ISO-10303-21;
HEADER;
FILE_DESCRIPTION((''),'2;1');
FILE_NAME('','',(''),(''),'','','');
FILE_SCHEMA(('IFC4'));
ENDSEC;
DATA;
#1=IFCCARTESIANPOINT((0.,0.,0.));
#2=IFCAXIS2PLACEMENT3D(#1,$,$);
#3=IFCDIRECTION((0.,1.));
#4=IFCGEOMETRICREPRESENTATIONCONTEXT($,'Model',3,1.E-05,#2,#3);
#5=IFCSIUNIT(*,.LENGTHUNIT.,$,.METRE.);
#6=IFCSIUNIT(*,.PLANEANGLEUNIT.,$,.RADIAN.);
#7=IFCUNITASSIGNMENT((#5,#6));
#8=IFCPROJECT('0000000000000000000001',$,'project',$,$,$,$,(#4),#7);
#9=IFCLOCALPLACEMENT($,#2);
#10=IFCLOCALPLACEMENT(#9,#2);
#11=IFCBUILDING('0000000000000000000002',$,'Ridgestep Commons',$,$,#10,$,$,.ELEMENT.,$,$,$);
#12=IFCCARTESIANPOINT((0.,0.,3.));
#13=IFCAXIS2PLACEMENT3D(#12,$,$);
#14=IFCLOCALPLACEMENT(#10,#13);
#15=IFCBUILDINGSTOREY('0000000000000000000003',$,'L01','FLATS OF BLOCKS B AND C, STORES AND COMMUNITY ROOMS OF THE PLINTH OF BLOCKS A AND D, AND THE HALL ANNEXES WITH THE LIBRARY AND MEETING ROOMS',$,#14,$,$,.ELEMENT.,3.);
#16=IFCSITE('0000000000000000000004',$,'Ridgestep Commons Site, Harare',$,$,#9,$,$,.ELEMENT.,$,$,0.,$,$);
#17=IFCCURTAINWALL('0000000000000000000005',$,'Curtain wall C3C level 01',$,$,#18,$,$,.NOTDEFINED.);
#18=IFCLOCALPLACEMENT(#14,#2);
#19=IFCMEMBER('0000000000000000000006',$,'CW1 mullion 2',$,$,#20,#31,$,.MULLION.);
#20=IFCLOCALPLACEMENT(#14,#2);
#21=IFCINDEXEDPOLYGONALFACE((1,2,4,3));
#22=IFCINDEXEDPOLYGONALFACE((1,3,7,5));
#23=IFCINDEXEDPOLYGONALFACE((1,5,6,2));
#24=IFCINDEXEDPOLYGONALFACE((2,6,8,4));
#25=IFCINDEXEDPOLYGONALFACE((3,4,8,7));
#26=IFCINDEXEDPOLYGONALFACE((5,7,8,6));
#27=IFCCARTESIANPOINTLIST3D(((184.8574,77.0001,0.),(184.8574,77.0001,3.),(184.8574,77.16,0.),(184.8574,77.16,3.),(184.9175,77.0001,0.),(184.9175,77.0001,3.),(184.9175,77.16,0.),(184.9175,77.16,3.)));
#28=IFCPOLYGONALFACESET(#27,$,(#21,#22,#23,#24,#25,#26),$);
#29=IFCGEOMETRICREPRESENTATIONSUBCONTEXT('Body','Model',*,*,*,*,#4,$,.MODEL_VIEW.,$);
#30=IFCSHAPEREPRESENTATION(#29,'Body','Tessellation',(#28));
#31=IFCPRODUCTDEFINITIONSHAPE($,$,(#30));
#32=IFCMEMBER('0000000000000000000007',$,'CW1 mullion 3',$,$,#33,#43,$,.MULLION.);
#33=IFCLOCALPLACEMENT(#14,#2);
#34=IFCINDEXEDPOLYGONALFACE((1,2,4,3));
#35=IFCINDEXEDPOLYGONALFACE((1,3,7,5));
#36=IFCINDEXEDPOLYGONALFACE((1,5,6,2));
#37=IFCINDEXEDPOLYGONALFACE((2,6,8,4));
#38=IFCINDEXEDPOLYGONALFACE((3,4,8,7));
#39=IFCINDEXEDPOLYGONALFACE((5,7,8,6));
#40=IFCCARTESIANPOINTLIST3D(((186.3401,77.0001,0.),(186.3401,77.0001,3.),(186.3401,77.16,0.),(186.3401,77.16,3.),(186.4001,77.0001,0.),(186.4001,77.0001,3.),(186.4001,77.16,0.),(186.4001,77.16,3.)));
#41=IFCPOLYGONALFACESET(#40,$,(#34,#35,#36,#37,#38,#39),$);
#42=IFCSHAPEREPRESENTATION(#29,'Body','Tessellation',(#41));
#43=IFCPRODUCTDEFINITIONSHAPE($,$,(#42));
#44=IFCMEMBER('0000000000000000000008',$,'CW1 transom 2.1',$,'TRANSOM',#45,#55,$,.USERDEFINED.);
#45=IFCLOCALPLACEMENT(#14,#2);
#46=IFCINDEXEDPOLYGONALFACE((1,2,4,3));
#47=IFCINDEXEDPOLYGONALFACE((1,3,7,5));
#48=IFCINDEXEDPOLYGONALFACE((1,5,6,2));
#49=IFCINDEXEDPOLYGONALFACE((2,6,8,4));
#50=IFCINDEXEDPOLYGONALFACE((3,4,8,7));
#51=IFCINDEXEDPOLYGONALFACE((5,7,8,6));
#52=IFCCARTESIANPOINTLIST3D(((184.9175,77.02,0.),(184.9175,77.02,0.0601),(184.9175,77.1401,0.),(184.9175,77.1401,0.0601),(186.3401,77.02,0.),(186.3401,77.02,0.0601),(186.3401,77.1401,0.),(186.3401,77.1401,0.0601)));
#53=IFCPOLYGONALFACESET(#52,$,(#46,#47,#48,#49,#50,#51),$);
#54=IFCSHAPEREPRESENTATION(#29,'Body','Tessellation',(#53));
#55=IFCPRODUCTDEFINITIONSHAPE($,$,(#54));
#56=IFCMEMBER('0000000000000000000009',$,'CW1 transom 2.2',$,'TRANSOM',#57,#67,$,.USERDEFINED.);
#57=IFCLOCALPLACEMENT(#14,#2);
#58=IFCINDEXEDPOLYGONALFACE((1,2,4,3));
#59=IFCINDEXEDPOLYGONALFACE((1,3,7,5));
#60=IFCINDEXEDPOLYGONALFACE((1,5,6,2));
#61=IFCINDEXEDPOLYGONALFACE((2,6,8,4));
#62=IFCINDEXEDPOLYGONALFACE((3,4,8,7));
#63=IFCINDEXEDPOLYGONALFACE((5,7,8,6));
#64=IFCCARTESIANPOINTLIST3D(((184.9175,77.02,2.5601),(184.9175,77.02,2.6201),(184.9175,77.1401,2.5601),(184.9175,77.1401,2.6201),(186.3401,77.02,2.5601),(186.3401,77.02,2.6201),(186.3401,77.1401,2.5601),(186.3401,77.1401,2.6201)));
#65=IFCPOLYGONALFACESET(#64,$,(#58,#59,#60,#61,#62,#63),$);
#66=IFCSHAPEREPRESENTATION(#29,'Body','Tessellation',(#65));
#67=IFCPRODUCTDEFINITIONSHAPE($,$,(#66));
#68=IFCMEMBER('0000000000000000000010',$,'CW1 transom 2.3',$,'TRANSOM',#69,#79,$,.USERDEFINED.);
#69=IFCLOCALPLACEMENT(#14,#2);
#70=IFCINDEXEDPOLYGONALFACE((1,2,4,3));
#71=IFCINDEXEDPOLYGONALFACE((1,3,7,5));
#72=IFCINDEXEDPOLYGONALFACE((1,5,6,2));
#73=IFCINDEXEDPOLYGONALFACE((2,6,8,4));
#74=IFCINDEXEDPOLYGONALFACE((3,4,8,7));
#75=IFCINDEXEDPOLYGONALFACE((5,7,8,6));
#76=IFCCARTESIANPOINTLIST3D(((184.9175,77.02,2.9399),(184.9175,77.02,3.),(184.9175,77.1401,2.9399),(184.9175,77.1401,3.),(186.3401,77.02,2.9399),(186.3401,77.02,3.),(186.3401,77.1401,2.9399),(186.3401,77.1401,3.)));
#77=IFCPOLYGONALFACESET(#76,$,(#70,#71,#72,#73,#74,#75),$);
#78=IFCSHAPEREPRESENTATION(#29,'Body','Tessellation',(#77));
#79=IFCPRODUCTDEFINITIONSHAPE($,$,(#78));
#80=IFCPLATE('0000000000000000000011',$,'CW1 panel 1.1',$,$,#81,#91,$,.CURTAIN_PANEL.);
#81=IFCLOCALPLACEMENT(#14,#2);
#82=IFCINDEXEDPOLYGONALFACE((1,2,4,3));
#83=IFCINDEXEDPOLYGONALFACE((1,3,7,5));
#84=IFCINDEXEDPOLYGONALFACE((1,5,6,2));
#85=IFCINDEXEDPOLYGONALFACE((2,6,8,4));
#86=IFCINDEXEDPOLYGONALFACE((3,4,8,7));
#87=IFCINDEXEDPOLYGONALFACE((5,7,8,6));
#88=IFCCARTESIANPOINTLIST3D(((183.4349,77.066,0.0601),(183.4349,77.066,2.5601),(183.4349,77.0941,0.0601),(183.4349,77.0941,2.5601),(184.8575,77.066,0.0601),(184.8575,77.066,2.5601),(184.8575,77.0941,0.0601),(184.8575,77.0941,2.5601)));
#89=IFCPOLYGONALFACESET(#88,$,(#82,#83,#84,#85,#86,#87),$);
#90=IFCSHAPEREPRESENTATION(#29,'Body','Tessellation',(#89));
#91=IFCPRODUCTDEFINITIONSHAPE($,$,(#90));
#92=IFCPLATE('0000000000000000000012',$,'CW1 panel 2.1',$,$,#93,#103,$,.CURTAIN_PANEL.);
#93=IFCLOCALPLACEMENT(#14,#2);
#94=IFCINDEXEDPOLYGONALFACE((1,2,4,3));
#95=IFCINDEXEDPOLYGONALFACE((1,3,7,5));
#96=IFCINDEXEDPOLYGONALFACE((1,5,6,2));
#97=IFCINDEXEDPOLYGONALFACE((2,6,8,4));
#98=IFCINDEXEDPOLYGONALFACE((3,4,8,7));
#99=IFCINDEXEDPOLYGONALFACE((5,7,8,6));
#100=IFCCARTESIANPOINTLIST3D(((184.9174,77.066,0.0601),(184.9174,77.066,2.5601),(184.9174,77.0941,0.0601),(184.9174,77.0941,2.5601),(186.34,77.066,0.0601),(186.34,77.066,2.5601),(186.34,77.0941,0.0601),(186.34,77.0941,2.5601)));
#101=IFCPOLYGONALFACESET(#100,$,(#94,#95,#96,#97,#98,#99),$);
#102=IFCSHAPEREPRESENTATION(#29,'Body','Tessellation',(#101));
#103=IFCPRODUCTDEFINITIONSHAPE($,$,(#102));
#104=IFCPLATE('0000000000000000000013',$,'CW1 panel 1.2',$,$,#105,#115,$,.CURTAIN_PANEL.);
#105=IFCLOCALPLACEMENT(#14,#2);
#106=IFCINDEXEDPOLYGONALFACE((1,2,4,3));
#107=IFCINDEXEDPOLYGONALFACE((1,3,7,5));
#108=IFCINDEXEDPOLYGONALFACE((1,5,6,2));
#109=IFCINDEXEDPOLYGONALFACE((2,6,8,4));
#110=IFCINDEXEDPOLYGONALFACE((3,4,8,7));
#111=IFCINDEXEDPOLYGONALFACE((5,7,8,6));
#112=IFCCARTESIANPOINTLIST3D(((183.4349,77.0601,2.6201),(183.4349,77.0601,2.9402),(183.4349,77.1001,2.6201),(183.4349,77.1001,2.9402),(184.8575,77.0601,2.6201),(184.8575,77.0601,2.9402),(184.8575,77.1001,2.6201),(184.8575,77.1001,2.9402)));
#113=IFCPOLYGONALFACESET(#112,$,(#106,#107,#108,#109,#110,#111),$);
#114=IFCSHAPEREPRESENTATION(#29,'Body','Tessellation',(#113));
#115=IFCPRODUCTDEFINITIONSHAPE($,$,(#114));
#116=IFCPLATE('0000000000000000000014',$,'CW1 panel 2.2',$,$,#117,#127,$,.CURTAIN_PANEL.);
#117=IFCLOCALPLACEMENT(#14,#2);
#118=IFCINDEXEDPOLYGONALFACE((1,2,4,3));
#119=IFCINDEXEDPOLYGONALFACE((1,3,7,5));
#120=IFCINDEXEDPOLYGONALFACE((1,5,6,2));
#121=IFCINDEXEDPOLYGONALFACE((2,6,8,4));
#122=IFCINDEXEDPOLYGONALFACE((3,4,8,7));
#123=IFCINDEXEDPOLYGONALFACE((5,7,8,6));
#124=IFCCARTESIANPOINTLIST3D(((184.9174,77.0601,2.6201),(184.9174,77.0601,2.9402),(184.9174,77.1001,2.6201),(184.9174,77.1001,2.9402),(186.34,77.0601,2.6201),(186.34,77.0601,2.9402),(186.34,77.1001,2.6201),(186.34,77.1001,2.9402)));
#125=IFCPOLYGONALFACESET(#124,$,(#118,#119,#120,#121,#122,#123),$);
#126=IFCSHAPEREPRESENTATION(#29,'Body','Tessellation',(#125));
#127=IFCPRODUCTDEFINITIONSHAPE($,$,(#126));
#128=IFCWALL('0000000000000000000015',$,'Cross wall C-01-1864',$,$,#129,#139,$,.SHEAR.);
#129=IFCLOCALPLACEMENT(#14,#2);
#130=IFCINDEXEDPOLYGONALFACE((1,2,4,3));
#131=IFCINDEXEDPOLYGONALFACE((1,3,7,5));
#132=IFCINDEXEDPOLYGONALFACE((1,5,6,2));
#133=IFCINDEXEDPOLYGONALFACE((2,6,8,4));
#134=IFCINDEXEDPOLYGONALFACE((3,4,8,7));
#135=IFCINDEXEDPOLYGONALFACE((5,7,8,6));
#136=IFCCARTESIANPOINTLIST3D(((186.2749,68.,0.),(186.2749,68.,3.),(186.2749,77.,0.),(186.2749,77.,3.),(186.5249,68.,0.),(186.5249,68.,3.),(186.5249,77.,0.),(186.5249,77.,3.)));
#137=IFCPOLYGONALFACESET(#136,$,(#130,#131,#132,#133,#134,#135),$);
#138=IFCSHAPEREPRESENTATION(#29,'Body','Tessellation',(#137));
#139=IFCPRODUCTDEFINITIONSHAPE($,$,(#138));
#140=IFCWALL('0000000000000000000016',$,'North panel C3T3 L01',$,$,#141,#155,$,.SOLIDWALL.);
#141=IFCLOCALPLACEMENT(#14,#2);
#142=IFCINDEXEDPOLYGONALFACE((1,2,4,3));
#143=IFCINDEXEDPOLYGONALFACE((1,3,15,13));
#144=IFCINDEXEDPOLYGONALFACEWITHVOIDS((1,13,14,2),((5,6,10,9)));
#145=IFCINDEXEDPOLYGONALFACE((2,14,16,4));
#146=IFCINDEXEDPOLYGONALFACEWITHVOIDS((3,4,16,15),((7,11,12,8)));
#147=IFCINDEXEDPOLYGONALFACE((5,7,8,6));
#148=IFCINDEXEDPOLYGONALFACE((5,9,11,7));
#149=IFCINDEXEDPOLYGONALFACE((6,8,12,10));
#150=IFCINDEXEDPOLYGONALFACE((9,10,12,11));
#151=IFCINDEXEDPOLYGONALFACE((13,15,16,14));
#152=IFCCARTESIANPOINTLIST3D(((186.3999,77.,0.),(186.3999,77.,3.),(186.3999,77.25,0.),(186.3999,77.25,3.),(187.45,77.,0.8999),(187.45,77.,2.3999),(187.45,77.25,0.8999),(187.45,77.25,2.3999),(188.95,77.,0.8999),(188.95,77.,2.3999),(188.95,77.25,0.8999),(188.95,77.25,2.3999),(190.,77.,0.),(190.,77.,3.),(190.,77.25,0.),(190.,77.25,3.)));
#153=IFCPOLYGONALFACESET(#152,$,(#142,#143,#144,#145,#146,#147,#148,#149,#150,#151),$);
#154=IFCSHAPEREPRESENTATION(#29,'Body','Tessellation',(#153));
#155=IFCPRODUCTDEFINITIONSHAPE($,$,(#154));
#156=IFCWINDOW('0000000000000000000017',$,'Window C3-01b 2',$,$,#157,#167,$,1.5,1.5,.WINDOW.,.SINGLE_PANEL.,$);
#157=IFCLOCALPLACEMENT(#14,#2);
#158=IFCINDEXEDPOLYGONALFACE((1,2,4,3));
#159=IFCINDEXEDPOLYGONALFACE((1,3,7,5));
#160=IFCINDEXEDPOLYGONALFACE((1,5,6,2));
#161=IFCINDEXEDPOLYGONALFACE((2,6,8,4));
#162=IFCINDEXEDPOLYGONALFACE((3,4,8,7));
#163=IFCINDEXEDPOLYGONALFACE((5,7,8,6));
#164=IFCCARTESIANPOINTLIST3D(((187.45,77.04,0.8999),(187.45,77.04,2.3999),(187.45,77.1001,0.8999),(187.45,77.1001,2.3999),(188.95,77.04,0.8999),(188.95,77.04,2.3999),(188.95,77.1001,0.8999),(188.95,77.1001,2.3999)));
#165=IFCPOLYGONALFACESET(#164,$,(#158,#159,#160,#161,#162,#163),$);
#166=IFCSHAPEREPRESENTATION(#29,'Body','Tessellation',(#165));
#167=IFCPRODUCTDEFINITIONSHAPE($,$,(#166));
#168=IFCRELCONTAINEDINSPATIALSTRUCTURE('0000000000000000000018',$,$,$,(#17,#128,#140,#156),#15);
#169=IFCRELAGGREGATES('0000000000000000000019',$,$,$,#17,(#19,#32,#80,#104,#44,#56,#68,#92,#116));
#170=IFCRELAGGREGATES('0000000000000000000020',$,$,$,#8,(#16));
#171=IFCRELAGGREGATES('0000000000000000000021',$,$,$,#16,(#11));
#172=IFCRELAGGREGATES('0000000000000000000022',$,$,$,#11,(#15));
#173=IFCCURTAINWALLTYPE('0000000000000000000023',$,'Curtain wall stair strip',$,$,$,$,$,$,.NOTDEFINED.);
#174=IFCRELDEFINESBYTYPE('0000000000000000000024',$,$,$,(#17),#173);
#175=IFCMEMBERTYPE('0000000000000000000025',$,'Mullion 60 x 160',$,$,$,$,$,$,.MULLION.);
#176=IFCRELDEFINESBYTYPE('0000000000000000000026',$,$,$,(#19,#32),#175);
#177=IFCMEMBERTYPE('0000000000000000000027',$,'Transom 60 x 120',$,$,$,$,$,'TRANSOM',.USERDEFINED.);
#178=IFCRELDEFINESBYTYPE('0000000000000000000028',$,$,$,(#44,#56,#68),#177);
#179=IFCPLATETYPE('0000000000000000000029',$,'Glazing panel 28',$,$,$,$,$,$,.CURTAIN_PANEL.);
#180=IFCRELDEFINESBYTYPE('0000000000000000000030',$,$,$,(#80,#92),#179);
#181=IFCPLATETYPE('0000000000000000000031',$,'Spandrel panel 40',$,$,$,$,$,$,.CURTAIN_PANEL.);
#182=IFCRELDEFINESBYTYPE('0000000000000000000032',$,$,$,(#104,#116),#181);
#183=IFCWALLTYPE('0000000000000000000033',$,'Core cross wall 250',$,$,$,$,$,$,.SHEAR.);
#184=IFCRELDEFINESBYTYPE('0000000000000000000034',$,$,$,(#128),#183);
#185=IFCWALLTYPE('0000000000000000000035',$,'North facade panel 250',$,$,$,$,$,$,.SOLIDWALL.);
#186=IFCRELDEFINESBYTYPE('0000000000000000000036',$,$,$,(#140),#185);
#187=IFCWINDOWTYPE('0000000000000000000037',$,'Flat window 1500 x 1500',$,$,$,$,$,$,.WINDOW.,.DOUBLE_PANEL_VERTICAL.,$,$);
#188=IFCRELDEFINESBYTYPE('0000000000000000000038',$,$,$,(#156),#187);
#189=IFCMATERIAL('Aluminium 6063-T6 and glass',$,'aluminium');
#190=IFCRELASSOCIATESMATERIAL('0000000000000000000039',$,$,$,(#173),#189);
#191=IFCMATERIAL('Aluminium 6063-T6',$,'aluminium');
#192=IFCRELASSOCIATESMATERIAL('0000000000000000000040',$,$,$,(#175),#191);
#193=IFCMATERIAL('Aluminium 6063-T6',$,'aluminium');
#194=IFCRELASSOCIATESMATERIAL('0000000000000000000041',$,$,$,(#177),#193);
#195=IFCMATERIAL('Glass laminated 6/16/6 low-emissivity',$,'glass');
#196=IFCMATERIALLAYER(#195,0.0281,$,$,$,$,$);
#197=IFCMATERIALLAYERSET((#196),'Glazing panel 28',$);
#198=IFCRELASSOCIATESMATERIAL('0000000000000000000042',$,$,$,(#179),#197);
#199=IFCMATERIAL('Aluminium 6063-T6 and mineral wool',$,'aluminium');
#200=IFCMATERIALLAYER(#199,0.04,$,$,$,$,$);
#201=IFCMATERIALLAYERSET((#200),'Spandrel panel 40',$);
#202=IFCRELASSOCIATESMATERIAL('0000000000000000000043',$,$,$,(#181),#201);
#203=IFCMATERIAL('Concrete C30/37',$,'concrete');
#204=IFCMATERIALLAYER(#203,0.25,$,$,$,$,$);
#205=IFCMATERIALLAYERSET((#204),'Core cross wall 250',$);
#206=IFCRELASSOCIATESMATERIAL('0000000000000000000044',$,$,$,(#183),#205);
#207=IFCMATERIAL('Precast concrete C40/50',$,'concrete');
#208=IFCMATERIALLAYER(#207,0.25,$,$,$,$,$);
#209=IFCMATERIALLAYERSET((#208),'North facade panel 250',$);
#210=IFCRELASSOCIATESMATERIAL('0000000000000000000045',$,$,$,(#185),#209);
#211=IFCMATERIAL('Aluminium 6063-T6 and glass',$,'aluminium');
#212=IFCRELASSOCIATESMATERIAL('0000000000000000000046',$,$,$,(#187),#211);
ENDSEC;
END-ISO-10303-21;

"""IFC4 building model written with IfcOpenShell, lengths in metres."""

from ifc_helpers import new_model, si_unit, direction, frame, frame_2d, origin, origin_2d, place, context, subcontext, project, spatial, rectangle, extrude, material, layer, layer_set, material_profile, profile_set, type_object, element, fill, aggregate, save


model = new_model("IFC4")

# Units and contexts
model_context = context("Model", 3, precision=1e-05, world=origin(), true_north=direction((0.0, 1.0)))
body_context = subcontext(model_context, "Body", "Model", "MODEL_VIEW")
ifc_project = project(units=[si_unit("LENGTHUNIT", "METRE"), si_unit("PLANEANGLEUNIT", "RADIAN")], contexts=[model_context])

# Site, building, storey
site_placement = place(None, origin())
site = spatial("IfcSite", under=ifc_project, at=site_placement, Name="Ridgestep Commons Site, Harare", CompositionType="ELEMENT", RefElevation=0.0)
building_placement = place(site_placement, origin())
building = spatial("IfcBuilding", under=site, at=building_placement, Name="Ridgestep Commons", CompositionType="ELEMENT")
storey_placement = place(building_placement, frame((0.0, 0.0, 3.0)))
storey = spatial("IfcBuildingStorey", under=building, at=storey_placement, Name="L01", Description="FLATS OF BLOCKS B AND C, STORES AND COMMUNITY ROOMS OF THE PLINTH OF BLOCKS A AND D, AND THE HALL ANNEXES WITH THE LIBRARY AND MEETING ROOMS", CompositionType="ELEMENT", Elevation=3.0)

# Curtain wall, members, plates
ifc_material_1 = material(Name="Aluminium 6063-T6 and glass", Category="aluminium")
curtain_wall_type = type_object("IfcCurtainWallType", Name="Curtain wall stair strip", PredefinedType="NOTDEFINED", material=ifc_material_1)
curtain_wall_placement = place(storey_placement, origin())
curtain_wall = element("IfcCurtainWall", 1, at=curtain_wall_placement, inside=storey, type_object=curtain_wall_type, Name="Curtain wall C3C level 01", PredefinedType="NOTDEFINED")
ifc_material_2 = material(Name="Aluminium 6063-T6", Category="aluminium")
ifc_material_profile_1 = material_profile(ifc_material_2, rectangle(XDim=0.1599, YDim=0.0601, at=origin_2d()), Name="Mullion 60 x 160")
ifc_profile_set_1 = profile_set([ifc_material_profile_1], Name="Aluminium 6063-T6")
member_type_1 = type_object("IfcMemberType", Name="Mullion 60 x 160", PredefinedType="MULLION", material=ifc_profile_set_1)
member_1_placement = place(storey_placement, frame((184.8875, 77.0801, 0.0), z_axis=(0.0, 0.0, 1.0), x_axis=(0.0, 1.0, 0.0)))
member_1 = element("IfcMember", 2, at=member_1_placement, type_object=member_type_1, Name="CW1 mullion 2", PredefinedType="MULLION", context=body_context, shape_type="SweptSolid", body=[
    extrude(rectangle(XDim=0.1599, YDim=0.0601, at=origin_2d()), origin(), (0.0, 0.0, 1.0), 3.0),
])
member_2_placement = place(storey_placement, frame((186.3701, 77.0801, 0.0), z_axis=(0.0, 0.0, 1.0), x_axis=(0.0, 1.0, 0.0)))
member_2 = element("IfcMember", 3, at=member_2_placement, type_object=member_type_1, Name="CW1 mullion 3", PredefinedType="MULLION", context=body_context, shape_type="SweptSolid", body=[
    extrude(rectangle(XDim=0.1599, YDim=0.0601, at=origin_2d()), origin(), (0.0, 0.0, 1.0), 3.0),
])
ifc_material_3 = material(Name="Aluminium 6063-T6", Category="aluminium")
ifc_material_profile_2 = material_profile(ifc_material_3, rectangle(XDim=0.1201, YDim=0.0601, at=origin_2d()), Name="Transom 60 x 120")
ifc_profile_set_2 = profile_set([ifc_material_profile_2], Name="Aluminium 6063-T6")
member_type_2 = type_object("IfcMemberType", Name="Transom 60 x 120", ElementType="TRANSOM", PredefinedType="USERDEFINED", material=ifc_profile_set_2)
member_3_placement = place(storey_placement, frame((184.9175, 77.0801, 0.03), z_axis=(1.0, 0.0, 0.0), x_axis=(0.0, 1.0, 0.0)))
member_3 = element("IfcMember", 4, at=member_3_placement, type_object=member_type_2, Name="CW1 transom 2.1", ObjectType="TRANSOM", PredefinedType="USERDEFINED", context=body_context, shape_type="SweptSolid", body=[
    extrude(rectangle(XDim=0.1201, YDim=0.0601, at=origin_2d()), origin(), (0.0, 0.0, 1.0), 1.4226),
])
member_4_placement = place(storey_placement, frame((184.9175, 77.0801, 2.5901), z_axis=(1.0, 0.0, 0.0), x_axis=(0.0, 1.0, 0.0)))
member_4 = element("IfcMember", 5, at=member_4_placement, type_object=member_type_2, Name="CW1 transom 2.2", ObjectType="TRANSOM", PredefinedType="USERDEFINED", context=body_context, shape_type="SweptSolid", body=[
    extrude(rectangle(XDim=0.1201, YDim=0.0601, at=origin_2d()), origin(), (0.0, 0.0, 1.0), 1.4226),
])
member_5_placement = place(storey_placement, frame((184.9175, 77.0801, 2.97), z_axis=(1.0, 0.0, 0.0), x_axis=(0.0, 1.0, 0.0)))
member_5 = element("IfcMember", 6, at=member_5_placement, type_object=member_type_2, Name="CW1 transom 2.3", ObjectType="TRANSOM", PredefinedType="USERDEFINED", context=body_context, shape_type="SweptSolid", body=[
    extrude(rectangle(XDim=0.1201, YDim=0.0601, at=origin_2d()), origin(), (0.0, 0.0, 1.0), 1.4226),
])
ifc_material_4 = material(Name="Glass laminated 6/16/6 low-emissivity", Category="glass")
ifc_layer_1 = layer(ifc_material_4, 0.0281)
ifc_layer_set_1 = layer_set([ifc_layer_1], Name="Glazing panel 28")
plate_type_1 = type_object("IfcPlateType", Name="Glazing panel 28", PredefinedType="CURTAIN_PANEL", material=ifc_layer_set_1)
plate_1_placement = place(storey_placement, frame((184.1462, 77.0801, 0.0601), z_axis=(0.0, 0.0, 1.0), x_axis=(1.0, 0.0, 0.0)))
plate_1 = element("IfcPlate", 7, at=plate_1_placement, type_object=plate_type_1, Name="CW1 panel 1.1", PredefinedType="CURTAIN_PANEL", context=body_context, shape_type="SweptSolid", body=[
    extrude(rectangle(XDim=1.4226, YDim=0.0281, at=origin_2d()), origin(), (0.0, 0.0, 1.0), 2.5),
])
plate_2_placement = place(storey_placement, frame((185.6287, 77.0801, 0.0601), z_axis=(0.0, 0.0, 1.0), x_axis=(1.0, 0.0, 0.0)))
plate_2 = element("IfcPlate", 8, at=plate_2_placement, type_object=plate_type_1, Name="CW1 panel 2.1", PredefinedType="CURTAIN_PANEL", context=body_context, shape_type="SweptSolid", body=[
    extrude(rectangle(XDim=1.4226, YDim=0.0281, at=origin_2d()), origin(), (0.0, 0.0, 1.0), 2.5),
])
ifc_material_5 = material(Name="Aluminium 6063-T6 and mineral wool", Category="aluminium")
ifc_layer_2 = layer(ifc_material_5, 0.04)
ifc_layer_set_2 = layer_set([ifc_layer_2], Name="Spandrel panel 40")
plate_type_2 = type_object("IfcPlateType", Name="Spandrel panel 40", PredefinedType="CURTAIN_PANEL", material=ifc_layer_set_2)
plate_3_placement = place(storey_placement, frame((184.1462, 77.0801, 2.6201), z_axis=(0.0, 0.0, 1.0), x_axis=(1.0, 0.0, 0.0)))
plate_3 = element("IfcPlate", 9, at=plate_3_placement, type_object=plate_type_2, Name="CW1 panel 1.2", PredefinedType="CURTAIN_PANEL", context=body_context, shape_type="SweptSolid", body=[
    extrude(rectangle(XDim=1.4226, YDim=0.04, at=origin_2d()), origin(), (0.0, 0.0, 1.0), 0.3201),
])
plate_4_placement = place(storey_placement, frame((185.6287, 77.0801, 2.6201), z_axis=(0.0, 0.0, 1.0), x_axis=(1.0, 0.0, 0.0)))
plate_4 = element("IfcPlate", 10, at=plate_4_placement, type_object=plate_type_2, Name="CW1 panel 2.2", PredefinedType="CURTAIN_PANEL", context=body_context, shape_type="SweptSolid", body=[
    extrude(rectangle(XDim=1.4226, YDim=0.04, at=origin_2d()), origin(), (0.0, 0.0, 1.0), 0.3201),
])
aggregate(curtain_wall, [member_1, member_2, plate_1, plate_3, member_3, member_4, member_5, plate_2, plate_4])

# Wall
ifc_material_6 = material(Name="Concrete C30/37", Category="concrete")
ifc_layer_3 = layer(ifc_material_6, 0.25)
ifc_layer_set_3 = layer_set([ifc_layer_3], Name="Core cross wall 250")
wall_type_1 = type_object("IfcWallType", Name="Core cross wall 250", PredefinedType="SHEAR", material=ifc_layer_set_3)
wall_1_placement = place(storey_placement, frame((186.3999, 68.0, 0.0), z_axis=(0.0, 0.0, 1.0), x_axis=(0.0, 1.0, 0.0)))
element("IfcWall", 11, at=wall_1_placement, inside=storey, type_object=wall_type_1, Name="Cross wall C-01-1864", PredefinedType="SHEAR", context=body_context, shape_type="SweptSolid", body=[
    extrude(rectangle(XDim=9.0, YDim=0.25, at=frame_2d((4.5, 0.0))), origin(), (0.0, 0.0, 1.0), 3.0),
])

# Wall, opening, window
ifc_material_7 = material(Name="Precast concrete C40/50", Category="concrete")
ifc_layer_4 = layer(ifc_material_7, 0.25)
ifc_layer_set_4 = layer_set([ifc_layer_4], Name="North facade panel 250")
wall_type_2 = type_object("IfcWallType", Name="North facade panel 250", PredefinedType="SOLIDWALL", material=ifc_layer_set_4)
wall_2_placement = place(storey_placement, frame((186.3999, 77.125, 0.0), z_axis=(0.0, 0.0, 1.0), x_axis=(1.0, 0.0, 0.0)))
wall_2 = element("IfcWall", 12, at=wall_2_placement, inside=storey, type_object=wall_type_2, Name="North panel C3T3 L01", PredefinedType="SOLIDWALL", context=body_context, shape_type="SweptSolid", body=[
    extrude(rectangle(XDim=3.6001, YDim=0.25, at=frame_2d((1.8, 0.0))), origin(), (0.0, 0.0, 1.0), 3.0),
])
opening_1_placement = place(wall_2_placement, frame((1.05, 0.0, 0.8999)))
opening_1 = element("IfcOpeningElement", 13, at=opening_1_placement, cuts=wall_2, PredefinedType="OPENING", context=body_context, shape_type="SweptSolid", body=[
    extrude(rectangle(XDim=1.5, YDim=1.5, at=frame_2d((0.75, 0.75))), frame((0.0, 0.135, 0.0), z_axis=(0.0, -1.0, 0.0), x_axis=(1.0, 0.0, 0.0)), (0.0, 0.0, 1.0), 0.27),
])
ifc_material_8 = material(Name="Aluminium 6063-T6 and glass", Category="aluminium")
window_type = type_object("IfcWindowType", Name="Flat window 1500 x 1500", PartitioningType="DOUBLE_PANEL_VERTICAL", PredefinedType="WINDOW", material=ifc_material_8)
window_placement = place(opening_1_placement, origin())
window = element("IfcWindow", 14, at=window_placement, inside=storey, type_object=window_type, Name="Window C3-01b 2", OverallHeight=1.5, OverallWidth=1.5, PartitioningType="SINGLE_PANEL", PredefinedType="WINDOW", context=body_context, shape_type="SweptSolid", body=[
    extrude(rectangle(XDim=1.5, YDim=1.5, at=frame_2d((0.75, 0.75))), frame((0.0, -0.0249, 0.0), z_axis=(0.0, -1.0, 0.0), x_axis=(1.0, 0.0, 0.0)), (0.0, 0.0, 1.0), 0.0601),
])
fill(opening_1, window)

save(model, "model.ifc")
